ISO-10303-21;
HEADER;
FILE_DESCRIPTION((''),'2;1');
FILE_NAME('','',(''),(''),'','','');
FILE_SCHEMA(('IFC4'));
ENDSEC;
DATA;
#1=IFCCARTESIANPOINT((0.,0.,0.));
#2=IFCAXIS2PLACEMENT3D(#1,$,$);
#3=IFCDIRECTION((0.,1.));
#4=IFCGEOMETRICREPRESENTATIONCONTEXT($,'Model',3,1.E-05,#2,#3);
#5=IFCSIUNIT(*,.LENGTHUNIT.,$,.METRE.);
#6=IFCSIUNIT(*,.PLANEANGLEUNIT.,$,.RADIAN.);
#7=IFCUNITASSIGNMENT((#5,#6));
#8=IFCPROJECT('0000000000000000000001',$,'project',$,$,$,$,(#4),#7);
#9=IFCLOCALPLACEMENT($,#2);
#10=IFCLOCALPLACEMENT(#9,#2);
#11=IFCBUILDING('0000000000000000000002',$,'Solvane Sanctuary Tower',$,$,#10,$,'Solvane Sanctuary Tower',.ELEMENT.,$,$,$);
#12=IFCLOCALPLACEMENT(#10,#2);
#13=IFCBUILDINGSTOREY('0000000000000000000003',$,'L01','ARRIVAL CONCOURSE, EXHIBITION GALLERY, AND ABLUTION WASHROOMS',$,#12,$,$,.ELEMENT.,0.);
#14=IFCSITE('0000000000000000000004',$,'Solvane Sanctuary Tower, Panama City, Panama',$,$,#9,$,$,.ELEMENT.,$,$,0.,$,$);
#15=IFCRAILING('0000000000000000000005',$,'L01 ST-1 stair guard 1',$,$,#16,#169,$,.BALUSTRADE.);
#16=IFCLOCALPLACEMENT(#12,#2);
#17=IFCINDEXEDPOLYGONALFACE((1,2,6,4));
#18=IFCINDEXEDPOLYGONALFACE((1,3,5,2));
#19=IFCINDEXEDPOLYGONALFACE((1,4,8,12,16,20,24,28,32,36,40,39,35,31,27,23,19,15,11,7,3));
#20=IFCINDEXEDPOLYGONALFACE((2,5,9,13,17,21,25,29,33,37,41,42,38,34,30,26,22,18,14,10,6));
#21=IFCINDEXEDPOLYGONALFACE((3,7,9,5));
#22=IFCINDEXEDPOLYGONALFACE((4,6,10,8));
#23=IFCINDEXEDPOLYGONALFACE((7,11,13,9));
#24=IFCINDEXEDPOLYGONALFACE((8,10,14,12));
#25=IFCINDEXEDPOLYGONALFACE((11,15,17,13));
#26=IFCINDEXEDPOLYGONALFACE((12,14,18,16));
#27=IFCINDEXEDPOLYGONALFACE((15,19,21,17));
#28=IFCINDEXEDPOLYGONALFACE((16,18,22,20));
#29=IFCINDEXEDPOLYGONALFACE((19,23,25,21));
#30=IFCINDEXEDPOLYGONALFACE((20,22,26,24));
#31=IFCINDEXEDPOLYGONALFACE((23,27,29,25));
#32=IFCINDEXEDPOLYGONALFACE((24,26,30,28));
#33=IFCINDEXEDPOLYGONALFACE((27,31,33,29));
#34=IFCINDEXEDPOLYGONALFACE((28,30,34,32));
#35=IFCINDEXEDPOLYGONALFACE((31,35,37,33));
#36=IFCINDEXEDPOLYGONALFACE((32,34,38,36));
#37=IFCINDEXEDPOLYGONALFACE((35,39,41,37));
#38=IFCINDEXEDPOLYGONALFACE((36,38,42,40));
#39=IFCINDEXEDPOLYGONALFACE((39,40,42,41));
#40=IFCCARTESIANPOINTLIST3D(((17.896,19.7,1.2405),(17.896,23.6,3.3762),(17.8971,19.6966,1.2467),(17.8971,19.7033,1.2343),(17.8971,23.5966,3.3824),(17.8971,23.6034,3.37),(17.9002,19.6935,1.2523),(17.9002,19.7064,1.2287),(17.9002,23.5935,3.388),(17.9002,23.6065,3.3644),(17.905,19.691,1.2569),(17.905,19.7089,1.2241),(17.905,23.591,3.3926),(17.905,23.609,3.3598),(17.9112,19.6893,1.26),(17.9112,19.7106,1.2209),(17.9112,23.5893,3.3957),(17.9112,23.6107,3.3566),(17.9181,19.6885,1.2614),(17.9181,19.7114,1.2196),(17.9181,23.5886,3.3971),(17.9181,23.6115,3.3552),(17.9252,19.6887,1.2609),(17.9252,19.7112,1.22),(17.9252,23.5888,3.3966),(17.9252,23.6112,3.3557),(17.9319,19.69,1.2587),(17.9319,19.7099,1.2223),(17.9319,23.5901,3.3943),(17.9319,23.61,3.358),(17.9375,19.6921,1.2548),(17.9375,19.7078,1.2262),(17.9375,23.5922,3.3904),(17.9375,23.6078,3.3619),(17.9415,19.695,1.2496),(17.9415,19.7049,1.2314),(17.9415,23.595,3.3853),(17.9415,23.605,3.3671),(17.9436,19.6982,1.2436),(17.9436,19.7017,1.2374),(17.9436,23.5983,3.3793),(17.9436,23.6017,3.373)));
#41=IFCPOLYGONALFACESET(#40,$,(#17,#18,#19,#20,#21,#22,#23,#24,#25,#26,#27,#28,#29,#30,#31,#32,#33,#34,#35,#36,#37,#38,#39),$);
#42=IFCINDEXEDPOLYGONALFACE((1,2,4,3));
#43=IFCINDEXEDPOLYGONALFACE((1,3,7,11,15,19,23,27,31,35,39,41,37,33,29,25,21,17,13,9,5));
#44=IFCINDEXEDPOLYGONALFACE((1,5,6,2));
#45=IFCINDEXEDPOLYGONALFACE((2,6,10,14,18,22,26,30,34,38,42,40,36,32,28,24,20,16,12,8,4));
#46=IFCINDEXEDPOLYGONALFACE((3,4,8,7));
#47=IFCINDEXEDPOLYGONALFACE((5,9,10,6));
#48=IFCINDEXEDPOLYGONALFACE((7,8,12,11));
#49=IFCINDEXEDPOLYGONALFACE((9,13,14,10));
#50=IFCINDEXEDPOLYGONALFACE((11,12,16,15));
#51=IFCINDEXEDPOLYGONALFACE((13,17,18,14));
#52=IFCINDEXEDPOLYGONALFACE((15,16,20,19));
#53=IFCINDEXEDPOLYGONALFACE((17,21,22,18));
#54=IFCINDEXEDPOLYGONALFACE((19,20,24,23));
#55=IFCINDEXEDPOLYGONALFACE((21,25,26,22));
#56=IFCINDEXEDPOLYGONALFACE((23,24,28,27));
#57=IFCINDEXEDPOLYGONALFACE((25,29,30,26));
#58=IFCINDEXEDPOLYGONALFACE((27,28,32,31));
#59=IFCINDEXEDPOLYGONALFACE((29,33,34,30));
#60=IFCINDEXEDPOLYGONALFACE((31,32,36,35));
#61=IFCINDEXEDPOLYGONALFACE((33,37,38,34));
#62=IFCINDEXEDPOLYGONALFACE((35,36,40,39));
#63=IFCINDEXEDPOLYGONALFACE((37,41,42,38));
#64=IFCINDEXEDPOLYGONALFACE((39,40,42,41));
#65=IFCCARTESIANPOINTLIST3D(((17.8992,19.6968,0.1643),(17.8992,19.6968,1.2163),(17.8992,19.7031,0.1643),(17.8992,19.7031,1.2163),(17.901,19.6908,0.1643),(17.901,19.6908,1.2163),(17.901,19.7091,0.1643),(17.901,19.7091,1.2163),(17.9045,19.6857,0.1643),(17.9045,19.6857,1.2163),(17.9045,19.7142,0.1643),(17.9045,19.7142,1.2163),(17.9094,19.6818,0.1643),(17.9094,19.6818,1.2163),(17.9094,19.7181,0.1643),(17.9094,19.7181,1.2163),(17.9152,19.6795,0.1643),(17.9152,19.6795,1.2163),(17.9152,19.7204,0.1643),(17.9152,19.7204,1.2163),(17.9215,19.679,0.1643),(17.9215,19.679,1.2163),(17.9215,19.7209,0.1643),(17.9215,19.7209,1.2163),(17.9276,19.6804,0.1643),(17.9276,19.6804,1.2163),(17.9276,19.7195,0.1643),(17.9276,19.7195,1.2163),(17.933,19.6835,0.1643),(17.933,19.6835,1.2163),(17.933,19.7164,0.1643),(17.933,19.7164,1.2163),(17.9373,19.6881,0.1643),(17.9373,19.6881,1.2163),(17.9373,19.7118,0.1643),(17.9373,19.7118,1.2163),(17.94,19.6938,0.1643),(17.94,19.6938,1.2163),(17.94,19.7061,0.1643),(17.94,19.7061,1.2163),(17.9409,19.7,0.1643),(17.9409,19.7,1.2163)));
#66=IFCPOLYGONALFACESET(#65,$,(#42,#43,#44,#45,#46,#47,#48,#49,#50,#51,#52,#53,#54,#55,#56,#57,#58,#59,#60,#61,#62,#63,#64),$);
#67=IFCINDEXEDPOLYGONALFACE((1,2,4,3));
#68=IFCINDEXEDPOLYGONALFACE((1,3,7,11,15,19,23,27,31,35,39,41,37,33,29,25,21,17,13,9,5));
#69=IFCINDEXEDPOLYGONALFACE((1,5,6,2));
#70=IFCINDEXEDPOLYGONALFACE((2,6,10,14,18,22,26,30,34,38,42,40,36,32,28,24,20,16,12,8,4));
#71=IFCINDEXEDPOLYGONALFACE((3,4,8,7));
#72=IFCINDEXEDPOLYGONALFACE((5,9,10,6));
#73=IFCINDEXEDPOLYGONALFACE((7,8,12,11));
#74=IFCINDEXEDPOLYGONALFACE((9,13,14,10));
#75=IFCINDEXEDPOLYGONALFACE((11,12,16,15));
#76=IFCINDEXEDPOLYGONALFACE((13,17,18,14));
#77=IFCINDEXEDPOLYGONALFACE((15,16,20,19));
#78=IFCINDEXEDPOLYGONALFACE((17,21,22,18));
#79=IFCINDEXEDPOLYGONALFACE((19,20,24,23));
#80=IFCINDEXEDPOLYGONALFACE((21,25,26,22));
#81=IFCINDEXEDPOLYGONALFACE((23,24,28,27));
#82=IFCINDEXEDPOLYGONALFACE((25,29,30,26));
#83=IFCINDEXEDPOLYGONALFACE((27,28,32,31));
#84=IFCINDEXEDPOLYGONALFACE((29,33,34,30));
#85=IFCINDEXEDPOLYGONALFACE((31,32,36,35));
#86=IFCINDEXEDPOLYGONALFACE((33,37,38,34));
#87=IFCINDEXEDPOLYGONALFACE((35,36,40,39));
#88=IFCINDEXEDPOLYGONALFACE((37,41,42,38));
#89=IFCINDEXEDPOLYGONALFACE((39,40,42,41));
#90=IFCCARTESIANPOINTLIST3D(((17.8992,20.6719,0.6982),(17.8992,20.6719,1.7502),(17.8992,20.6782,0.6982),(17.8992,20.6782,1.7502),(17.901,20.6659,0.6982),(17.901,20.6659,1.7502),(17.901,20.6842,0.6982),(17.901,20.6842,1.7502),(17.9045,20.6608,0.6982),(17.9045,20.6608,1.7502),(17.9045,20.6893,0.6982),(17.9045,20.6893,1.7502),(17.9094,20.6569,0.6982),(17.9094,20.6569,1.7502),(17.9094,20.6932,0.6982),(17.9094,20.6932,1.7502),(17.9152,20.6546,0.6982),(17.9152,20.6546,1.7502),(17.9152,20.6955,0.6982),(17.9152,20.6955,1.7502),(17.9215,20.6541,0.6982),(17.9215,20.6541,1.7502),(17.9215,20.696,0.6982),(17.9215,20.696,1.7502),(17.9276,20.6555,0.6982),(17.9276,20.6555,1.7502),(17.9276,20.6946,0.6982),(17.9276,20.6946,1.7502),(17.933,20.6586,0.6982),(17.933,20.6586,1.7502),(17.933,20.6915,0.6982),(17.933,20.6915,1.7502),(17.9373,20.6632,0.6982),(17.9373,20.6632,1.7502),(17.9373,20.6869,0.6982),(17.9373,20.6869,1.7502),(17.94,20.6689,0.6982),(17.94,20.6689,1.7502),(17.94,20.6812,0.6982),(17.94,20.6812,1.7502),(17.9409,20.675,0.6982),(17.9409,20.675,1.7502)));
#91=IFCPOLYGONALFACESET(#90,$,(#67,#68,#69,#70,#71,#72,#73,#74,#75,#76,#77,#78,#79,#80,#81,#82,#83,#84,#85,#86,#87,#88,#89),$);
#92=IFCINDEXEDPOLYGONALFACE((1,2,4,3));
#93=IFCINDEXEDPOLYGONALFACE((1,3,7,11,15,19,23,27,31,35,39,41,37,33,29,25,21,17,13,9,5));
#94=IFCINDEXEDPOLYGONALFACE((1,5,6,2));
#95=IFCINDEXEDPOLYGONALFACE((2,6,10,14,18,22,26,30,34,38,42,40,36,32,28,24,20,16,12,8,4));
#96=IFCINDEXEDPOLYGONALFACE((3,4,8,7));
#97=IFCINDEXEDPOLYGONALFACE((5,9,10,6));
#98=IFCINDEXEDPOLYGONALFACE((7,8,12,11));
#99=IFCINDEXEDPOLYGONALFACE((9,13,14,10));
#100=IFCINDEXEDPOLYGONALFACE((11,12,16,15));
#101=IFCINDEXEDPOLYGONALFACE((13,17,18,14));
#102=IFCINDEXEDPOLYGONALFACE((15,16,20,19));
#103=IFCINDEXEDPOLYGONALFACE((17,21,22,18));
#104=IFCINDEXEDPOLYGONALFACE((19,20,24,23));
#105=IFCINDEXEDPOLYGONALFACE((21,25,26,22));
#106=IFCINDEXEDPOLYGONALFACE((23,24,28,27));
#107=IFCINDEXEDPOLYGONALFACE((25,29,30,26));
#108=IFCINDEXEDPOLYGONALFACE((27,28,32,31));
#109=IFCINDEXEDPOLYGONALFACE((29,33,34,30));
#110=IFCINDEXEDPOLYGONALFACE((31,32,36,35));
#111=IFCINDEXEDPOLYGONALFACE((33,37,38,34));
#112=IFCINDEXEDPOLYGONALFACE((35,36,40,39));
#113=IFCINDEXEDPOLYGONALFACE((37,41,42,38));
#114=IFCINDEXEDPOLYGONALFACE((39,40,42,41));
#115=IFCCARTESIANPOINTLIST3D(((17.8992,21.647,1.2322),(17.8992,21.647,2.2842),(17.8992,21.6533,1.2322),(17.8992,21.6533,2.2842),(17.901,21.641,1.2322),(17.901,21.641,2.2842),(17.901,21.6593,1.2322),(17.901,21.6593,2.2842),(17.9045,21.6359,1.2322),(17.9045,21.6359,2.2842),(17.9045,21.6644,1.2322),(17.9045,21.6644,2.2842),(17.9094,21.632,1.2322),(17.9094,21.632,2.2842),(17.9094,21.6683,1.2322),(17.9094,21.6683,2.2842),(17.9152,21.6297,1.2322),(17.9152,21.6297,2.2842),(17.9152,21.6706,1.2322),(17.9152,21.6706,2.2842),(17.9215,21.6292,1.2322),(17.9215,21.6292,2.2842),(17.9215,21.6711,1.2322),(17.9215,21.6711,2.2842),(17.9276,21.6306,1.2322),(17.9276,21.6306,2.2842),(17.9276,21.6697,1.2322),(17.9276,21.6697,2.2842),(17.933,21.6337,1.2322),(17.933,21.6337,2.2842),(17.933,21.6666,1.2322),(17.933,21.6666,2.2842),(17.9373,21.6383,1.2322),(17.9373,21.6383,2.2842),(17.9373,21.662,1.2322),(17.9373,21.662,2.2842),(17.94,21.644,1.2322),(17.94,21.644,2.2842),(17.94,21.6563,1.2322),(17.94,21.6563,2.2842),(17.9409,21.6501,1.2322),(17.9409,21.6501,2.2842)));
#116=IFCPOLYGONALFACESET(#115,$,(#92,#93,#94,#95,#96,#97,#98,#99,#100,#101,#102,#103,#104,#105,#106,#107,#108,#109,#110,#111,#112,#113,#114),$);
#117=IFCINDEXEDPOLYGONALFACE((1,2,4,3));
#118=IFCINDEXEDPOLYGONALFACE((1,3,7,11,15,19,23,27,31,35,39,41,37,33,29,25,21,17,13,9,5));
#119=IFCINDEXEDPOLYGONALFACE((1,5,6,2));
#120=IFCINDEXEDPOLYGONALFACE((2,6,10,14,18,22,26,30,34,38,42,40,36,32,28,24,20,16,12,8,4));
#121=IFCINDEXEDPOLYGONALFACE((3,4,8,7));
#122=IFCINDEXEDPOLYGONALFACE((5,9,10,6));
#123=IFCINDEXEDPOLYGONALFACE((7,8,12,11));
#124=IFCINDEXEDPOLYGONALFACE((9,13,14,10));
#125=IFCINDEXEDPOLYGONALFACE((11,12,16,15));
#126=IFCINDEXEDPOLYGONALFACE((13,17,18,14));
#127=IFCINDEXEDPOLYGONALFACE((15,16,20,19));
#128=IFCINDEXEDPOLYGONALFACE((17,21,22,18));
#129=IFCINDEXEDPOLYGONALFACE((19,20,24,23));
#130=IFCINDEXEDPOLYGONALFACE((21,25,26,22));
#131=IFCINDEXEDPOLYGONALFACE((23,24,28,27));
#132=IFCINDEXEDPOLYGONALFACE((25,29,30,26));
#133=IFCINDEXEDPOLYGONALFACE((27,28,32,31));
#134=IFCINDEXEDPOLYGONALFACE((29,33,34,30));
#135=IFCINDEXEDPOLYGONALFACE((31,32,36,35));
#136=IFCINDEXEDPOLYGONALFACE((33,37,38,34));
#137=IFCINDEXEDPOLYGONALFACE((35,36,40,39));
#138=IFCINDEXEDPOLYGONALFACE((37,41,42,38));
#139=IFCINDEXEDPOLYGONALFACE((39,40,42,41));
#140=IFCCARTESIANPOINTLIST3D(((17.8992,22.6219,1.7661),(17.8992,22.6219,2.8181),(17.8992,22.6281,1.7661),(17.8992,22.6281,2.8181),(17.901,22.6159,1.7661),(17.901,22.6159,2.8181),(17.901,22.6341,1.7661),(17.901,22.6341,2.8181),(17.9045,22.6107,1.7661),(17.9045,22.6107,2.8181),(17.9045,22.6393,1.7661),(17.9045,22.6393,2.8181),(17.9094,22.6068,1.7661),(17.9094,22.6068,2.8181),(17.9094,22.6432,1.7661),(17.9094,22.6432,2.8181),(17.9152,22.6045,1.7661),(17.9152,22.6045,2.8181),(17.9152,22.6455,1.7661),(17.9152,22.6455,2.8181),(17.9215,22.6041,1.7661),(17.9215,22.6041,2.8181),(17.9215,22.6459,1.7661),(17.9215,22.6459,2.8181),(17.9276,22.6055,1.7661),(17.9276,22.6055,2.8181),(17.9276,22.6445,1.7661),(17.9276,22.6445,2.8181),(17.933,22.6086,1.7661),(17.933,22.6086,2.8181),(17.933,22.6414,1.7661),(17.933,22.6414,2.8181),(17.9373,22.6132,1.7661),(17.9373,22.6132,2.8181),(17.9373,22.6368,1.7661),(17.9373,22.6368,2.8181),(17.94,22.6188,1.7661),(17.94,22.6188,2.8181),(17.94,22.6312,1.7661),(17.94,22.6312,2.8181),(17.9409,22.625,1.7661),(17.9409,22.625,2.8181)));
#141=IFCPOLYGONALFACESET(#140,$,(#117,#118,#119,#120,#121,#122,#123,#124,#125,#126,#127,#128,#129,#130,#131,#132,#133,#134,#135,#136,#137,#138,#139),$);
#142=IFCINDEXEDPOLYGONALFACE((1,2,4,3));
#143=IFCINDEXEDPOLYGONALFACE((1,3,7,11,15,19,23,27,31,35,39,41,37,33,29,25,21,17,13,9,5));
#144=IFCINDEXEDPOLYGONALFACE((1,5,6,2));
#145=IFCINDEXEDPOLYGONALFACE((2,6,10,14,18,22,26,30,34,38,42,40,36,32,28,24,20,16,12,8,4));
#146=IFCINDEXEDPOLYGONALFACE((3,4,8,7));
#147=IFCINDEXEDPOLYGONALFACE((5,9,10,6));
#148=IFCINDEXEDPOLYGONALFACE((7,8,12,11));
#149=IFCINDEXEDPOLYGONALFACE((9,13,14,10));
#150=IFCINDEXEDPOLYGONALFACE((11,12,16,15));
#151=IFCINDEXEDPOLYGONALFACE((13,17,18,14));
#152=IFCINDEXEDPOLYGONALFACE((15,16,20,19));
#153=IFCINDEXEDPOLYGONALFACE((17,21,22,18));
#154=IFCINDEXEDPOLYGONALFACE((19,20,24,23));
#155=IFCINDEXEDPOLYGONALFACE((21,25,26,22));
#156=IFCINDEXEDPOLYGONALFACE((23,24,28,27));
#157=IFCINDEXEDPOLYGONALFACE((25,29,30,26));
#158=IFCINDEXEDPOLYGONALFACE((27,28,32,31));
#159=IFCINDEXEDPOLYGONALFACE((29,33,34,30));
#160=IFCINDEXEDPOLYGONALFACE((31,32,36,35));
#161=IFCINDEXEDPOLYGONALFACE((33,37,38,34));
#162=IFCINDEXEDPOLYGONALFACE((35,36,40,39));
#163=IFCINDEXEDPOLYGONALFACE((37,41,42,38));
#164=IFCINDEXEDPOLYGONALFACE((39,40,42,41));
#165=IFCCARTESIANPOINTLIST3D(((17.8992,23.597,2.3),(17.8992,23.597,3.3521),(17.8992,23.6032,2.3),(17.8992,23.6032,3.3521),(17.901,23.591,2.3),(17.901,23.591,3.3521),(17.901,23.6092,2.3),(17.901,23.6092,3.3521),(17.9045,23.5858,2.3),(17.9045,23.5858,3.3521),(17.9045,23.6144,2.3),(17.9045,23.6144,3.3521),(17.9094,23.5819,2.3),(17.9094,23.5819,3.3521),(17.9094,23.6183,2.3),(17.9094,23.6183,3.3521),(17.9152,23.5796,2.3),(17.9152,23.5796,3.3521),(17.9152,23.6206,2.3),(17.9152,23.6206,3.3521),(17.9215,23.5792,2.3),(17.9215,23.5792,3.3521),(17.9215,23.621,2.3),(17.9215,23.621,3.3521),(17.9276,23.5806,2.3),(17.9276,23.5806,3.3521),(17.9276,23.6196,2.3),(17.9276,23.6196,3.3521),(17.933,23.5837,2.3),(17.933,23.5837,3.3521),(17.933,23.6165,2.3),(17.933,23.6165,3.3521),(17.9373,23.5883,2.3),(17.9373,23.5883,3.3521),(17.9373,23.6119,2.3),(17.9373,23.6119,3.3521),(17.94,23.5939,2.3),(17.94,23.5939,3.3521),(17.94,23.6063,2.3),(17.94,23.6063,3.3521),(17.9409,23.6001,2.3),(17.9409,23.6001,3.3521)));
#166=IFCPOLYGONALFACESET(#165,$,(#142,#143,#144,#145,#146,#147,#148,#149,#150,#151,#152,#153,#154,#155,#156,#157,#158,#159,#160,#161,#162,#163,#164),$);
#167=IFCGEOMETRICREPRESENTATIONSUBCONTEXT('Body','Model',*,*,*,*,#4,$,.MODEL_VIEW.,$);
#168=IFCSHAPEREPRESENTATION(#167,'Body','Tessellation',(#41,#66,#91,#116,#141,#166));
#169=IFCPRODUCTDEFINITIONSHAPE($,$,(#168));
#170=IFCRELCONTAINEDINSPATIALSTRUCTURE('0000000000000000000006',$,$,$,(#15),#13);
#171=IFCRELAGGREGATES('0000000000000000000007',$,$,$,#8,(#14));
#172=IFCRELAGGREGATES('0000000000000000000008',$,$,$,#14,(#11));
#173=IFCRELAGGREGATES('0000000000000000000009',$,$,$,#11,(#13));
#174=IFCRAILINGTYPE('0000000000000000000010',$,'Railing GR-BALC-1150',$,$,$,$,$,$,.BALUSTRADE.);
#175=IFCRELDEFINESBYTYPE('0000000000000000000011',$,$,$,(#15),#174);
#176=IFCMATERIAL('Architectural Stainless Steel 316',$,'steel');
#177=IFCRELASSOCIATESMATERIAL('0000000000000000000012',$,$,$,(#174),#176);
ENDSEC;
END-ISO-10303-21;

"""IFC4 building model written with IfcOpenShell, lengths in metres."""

from ifc_helpers import new_model, si_unit, direction, frame, origin, origin_2d, place, context, subcontext, project, spatial, circle, extrude, material, type_object, element, save


model = new_model("IFC4")

# Units and contexts
model_context = context("Model", 3, precision=1e-05, world=origin(), true_north=direction((0.0, 1.0)))
body_context = subcontext(model_context, "Body", "Model", "MODEL_VIEW")
ifc_project = project(units=[si_unit("LENGTHUNIT", "METRE"), si_unit("PLANEANGLEUNIT", "RADIAN")], contexts=[model_context])

# Site, building, storey
site_placement = place(None, origin())
site = spatial("IfcSite", under=ifc_project, at=site_placement, Name="Solvane Sanctuary Tower, Panama City, Panama", CompositionType="ELEMENT", RefElevation=0.0)
building_placement = place(site_placement, origin())
building = spatial("IfcBuilding", under=site, at=building_placement, Name="Solvane Sanctuary Tower", LongName="Solvane Sanctuary Tower", CompositionType="ELEMENT")
storey_placement = place(building_placement, origin())
storey = spatial("IfcBuildingStorey", under=building, at=storey_placement, Name="L01", Description="ARRIVAL CONCOURSE, EXHIBITION GALLERY, AND ABLUTION WASHROOMS", CompositionType="ELEMENT", Elevation=0.0)

# Shared definitions
ifc_material_1 = material(Name="Architectural Stainless Steel 316", Category="steel")

# Railing
railing_type_1 = type_object("IfcRailingType", Name="Railing GR-BALC-1150", PredefinedType="BALUSTRADE", material=ifc_material_1)
railing_1_placement = place(storey_placement, frame((17.9199, 19.7, 0.1643)))
element("IfcRailing", 1, at=railing_1_placement, inside=storey, type_object=railing_type_1, Name="L01 ST-1 stair guard 1", PredefinedType="BALUSTRADE", context=body_context, shape_type="SweptSolid", body=[
    extrude(circle(Radius=0.0239, at=origin_2d()), frame((0.0, 0.0, 1.0762), z_axis=(0.0, 0.877101, 0.480306), x_axis=(-1.0, 0.0, 0.0)), (0.0, 0.0, 1.0), 4.4465),
    extrude(circle(Radius=0.021, at=origin_2d()), origin(), (0.0, 0.0, 1.0), 1.052),
    extrude(circle(Radius=0.021, at=origin_2d()), frame((0.0, 0.9751, 0.5339)), (0.0, 0.0, 1.0), 1.052),
    extrude(circle(Radius=0.021, at=origin_2d()), frame((0.0, 1.9502, 1.0679)), (0.0, 0.0, 1.0), 1.052),
    extrude(circle(Radius=0.021, at=origin_2d()), frame((0.0, 2.925, 1.6018)), (0.0, 0.0, 1.0), 1.052),
    extrude(circle(Radius=0.021, at=origin_2d()), frame((0.0, 3.9001, 2.1357)), (0.0, 0.0, 1.0), 1.052),
])

save(model, "model.ifc")
